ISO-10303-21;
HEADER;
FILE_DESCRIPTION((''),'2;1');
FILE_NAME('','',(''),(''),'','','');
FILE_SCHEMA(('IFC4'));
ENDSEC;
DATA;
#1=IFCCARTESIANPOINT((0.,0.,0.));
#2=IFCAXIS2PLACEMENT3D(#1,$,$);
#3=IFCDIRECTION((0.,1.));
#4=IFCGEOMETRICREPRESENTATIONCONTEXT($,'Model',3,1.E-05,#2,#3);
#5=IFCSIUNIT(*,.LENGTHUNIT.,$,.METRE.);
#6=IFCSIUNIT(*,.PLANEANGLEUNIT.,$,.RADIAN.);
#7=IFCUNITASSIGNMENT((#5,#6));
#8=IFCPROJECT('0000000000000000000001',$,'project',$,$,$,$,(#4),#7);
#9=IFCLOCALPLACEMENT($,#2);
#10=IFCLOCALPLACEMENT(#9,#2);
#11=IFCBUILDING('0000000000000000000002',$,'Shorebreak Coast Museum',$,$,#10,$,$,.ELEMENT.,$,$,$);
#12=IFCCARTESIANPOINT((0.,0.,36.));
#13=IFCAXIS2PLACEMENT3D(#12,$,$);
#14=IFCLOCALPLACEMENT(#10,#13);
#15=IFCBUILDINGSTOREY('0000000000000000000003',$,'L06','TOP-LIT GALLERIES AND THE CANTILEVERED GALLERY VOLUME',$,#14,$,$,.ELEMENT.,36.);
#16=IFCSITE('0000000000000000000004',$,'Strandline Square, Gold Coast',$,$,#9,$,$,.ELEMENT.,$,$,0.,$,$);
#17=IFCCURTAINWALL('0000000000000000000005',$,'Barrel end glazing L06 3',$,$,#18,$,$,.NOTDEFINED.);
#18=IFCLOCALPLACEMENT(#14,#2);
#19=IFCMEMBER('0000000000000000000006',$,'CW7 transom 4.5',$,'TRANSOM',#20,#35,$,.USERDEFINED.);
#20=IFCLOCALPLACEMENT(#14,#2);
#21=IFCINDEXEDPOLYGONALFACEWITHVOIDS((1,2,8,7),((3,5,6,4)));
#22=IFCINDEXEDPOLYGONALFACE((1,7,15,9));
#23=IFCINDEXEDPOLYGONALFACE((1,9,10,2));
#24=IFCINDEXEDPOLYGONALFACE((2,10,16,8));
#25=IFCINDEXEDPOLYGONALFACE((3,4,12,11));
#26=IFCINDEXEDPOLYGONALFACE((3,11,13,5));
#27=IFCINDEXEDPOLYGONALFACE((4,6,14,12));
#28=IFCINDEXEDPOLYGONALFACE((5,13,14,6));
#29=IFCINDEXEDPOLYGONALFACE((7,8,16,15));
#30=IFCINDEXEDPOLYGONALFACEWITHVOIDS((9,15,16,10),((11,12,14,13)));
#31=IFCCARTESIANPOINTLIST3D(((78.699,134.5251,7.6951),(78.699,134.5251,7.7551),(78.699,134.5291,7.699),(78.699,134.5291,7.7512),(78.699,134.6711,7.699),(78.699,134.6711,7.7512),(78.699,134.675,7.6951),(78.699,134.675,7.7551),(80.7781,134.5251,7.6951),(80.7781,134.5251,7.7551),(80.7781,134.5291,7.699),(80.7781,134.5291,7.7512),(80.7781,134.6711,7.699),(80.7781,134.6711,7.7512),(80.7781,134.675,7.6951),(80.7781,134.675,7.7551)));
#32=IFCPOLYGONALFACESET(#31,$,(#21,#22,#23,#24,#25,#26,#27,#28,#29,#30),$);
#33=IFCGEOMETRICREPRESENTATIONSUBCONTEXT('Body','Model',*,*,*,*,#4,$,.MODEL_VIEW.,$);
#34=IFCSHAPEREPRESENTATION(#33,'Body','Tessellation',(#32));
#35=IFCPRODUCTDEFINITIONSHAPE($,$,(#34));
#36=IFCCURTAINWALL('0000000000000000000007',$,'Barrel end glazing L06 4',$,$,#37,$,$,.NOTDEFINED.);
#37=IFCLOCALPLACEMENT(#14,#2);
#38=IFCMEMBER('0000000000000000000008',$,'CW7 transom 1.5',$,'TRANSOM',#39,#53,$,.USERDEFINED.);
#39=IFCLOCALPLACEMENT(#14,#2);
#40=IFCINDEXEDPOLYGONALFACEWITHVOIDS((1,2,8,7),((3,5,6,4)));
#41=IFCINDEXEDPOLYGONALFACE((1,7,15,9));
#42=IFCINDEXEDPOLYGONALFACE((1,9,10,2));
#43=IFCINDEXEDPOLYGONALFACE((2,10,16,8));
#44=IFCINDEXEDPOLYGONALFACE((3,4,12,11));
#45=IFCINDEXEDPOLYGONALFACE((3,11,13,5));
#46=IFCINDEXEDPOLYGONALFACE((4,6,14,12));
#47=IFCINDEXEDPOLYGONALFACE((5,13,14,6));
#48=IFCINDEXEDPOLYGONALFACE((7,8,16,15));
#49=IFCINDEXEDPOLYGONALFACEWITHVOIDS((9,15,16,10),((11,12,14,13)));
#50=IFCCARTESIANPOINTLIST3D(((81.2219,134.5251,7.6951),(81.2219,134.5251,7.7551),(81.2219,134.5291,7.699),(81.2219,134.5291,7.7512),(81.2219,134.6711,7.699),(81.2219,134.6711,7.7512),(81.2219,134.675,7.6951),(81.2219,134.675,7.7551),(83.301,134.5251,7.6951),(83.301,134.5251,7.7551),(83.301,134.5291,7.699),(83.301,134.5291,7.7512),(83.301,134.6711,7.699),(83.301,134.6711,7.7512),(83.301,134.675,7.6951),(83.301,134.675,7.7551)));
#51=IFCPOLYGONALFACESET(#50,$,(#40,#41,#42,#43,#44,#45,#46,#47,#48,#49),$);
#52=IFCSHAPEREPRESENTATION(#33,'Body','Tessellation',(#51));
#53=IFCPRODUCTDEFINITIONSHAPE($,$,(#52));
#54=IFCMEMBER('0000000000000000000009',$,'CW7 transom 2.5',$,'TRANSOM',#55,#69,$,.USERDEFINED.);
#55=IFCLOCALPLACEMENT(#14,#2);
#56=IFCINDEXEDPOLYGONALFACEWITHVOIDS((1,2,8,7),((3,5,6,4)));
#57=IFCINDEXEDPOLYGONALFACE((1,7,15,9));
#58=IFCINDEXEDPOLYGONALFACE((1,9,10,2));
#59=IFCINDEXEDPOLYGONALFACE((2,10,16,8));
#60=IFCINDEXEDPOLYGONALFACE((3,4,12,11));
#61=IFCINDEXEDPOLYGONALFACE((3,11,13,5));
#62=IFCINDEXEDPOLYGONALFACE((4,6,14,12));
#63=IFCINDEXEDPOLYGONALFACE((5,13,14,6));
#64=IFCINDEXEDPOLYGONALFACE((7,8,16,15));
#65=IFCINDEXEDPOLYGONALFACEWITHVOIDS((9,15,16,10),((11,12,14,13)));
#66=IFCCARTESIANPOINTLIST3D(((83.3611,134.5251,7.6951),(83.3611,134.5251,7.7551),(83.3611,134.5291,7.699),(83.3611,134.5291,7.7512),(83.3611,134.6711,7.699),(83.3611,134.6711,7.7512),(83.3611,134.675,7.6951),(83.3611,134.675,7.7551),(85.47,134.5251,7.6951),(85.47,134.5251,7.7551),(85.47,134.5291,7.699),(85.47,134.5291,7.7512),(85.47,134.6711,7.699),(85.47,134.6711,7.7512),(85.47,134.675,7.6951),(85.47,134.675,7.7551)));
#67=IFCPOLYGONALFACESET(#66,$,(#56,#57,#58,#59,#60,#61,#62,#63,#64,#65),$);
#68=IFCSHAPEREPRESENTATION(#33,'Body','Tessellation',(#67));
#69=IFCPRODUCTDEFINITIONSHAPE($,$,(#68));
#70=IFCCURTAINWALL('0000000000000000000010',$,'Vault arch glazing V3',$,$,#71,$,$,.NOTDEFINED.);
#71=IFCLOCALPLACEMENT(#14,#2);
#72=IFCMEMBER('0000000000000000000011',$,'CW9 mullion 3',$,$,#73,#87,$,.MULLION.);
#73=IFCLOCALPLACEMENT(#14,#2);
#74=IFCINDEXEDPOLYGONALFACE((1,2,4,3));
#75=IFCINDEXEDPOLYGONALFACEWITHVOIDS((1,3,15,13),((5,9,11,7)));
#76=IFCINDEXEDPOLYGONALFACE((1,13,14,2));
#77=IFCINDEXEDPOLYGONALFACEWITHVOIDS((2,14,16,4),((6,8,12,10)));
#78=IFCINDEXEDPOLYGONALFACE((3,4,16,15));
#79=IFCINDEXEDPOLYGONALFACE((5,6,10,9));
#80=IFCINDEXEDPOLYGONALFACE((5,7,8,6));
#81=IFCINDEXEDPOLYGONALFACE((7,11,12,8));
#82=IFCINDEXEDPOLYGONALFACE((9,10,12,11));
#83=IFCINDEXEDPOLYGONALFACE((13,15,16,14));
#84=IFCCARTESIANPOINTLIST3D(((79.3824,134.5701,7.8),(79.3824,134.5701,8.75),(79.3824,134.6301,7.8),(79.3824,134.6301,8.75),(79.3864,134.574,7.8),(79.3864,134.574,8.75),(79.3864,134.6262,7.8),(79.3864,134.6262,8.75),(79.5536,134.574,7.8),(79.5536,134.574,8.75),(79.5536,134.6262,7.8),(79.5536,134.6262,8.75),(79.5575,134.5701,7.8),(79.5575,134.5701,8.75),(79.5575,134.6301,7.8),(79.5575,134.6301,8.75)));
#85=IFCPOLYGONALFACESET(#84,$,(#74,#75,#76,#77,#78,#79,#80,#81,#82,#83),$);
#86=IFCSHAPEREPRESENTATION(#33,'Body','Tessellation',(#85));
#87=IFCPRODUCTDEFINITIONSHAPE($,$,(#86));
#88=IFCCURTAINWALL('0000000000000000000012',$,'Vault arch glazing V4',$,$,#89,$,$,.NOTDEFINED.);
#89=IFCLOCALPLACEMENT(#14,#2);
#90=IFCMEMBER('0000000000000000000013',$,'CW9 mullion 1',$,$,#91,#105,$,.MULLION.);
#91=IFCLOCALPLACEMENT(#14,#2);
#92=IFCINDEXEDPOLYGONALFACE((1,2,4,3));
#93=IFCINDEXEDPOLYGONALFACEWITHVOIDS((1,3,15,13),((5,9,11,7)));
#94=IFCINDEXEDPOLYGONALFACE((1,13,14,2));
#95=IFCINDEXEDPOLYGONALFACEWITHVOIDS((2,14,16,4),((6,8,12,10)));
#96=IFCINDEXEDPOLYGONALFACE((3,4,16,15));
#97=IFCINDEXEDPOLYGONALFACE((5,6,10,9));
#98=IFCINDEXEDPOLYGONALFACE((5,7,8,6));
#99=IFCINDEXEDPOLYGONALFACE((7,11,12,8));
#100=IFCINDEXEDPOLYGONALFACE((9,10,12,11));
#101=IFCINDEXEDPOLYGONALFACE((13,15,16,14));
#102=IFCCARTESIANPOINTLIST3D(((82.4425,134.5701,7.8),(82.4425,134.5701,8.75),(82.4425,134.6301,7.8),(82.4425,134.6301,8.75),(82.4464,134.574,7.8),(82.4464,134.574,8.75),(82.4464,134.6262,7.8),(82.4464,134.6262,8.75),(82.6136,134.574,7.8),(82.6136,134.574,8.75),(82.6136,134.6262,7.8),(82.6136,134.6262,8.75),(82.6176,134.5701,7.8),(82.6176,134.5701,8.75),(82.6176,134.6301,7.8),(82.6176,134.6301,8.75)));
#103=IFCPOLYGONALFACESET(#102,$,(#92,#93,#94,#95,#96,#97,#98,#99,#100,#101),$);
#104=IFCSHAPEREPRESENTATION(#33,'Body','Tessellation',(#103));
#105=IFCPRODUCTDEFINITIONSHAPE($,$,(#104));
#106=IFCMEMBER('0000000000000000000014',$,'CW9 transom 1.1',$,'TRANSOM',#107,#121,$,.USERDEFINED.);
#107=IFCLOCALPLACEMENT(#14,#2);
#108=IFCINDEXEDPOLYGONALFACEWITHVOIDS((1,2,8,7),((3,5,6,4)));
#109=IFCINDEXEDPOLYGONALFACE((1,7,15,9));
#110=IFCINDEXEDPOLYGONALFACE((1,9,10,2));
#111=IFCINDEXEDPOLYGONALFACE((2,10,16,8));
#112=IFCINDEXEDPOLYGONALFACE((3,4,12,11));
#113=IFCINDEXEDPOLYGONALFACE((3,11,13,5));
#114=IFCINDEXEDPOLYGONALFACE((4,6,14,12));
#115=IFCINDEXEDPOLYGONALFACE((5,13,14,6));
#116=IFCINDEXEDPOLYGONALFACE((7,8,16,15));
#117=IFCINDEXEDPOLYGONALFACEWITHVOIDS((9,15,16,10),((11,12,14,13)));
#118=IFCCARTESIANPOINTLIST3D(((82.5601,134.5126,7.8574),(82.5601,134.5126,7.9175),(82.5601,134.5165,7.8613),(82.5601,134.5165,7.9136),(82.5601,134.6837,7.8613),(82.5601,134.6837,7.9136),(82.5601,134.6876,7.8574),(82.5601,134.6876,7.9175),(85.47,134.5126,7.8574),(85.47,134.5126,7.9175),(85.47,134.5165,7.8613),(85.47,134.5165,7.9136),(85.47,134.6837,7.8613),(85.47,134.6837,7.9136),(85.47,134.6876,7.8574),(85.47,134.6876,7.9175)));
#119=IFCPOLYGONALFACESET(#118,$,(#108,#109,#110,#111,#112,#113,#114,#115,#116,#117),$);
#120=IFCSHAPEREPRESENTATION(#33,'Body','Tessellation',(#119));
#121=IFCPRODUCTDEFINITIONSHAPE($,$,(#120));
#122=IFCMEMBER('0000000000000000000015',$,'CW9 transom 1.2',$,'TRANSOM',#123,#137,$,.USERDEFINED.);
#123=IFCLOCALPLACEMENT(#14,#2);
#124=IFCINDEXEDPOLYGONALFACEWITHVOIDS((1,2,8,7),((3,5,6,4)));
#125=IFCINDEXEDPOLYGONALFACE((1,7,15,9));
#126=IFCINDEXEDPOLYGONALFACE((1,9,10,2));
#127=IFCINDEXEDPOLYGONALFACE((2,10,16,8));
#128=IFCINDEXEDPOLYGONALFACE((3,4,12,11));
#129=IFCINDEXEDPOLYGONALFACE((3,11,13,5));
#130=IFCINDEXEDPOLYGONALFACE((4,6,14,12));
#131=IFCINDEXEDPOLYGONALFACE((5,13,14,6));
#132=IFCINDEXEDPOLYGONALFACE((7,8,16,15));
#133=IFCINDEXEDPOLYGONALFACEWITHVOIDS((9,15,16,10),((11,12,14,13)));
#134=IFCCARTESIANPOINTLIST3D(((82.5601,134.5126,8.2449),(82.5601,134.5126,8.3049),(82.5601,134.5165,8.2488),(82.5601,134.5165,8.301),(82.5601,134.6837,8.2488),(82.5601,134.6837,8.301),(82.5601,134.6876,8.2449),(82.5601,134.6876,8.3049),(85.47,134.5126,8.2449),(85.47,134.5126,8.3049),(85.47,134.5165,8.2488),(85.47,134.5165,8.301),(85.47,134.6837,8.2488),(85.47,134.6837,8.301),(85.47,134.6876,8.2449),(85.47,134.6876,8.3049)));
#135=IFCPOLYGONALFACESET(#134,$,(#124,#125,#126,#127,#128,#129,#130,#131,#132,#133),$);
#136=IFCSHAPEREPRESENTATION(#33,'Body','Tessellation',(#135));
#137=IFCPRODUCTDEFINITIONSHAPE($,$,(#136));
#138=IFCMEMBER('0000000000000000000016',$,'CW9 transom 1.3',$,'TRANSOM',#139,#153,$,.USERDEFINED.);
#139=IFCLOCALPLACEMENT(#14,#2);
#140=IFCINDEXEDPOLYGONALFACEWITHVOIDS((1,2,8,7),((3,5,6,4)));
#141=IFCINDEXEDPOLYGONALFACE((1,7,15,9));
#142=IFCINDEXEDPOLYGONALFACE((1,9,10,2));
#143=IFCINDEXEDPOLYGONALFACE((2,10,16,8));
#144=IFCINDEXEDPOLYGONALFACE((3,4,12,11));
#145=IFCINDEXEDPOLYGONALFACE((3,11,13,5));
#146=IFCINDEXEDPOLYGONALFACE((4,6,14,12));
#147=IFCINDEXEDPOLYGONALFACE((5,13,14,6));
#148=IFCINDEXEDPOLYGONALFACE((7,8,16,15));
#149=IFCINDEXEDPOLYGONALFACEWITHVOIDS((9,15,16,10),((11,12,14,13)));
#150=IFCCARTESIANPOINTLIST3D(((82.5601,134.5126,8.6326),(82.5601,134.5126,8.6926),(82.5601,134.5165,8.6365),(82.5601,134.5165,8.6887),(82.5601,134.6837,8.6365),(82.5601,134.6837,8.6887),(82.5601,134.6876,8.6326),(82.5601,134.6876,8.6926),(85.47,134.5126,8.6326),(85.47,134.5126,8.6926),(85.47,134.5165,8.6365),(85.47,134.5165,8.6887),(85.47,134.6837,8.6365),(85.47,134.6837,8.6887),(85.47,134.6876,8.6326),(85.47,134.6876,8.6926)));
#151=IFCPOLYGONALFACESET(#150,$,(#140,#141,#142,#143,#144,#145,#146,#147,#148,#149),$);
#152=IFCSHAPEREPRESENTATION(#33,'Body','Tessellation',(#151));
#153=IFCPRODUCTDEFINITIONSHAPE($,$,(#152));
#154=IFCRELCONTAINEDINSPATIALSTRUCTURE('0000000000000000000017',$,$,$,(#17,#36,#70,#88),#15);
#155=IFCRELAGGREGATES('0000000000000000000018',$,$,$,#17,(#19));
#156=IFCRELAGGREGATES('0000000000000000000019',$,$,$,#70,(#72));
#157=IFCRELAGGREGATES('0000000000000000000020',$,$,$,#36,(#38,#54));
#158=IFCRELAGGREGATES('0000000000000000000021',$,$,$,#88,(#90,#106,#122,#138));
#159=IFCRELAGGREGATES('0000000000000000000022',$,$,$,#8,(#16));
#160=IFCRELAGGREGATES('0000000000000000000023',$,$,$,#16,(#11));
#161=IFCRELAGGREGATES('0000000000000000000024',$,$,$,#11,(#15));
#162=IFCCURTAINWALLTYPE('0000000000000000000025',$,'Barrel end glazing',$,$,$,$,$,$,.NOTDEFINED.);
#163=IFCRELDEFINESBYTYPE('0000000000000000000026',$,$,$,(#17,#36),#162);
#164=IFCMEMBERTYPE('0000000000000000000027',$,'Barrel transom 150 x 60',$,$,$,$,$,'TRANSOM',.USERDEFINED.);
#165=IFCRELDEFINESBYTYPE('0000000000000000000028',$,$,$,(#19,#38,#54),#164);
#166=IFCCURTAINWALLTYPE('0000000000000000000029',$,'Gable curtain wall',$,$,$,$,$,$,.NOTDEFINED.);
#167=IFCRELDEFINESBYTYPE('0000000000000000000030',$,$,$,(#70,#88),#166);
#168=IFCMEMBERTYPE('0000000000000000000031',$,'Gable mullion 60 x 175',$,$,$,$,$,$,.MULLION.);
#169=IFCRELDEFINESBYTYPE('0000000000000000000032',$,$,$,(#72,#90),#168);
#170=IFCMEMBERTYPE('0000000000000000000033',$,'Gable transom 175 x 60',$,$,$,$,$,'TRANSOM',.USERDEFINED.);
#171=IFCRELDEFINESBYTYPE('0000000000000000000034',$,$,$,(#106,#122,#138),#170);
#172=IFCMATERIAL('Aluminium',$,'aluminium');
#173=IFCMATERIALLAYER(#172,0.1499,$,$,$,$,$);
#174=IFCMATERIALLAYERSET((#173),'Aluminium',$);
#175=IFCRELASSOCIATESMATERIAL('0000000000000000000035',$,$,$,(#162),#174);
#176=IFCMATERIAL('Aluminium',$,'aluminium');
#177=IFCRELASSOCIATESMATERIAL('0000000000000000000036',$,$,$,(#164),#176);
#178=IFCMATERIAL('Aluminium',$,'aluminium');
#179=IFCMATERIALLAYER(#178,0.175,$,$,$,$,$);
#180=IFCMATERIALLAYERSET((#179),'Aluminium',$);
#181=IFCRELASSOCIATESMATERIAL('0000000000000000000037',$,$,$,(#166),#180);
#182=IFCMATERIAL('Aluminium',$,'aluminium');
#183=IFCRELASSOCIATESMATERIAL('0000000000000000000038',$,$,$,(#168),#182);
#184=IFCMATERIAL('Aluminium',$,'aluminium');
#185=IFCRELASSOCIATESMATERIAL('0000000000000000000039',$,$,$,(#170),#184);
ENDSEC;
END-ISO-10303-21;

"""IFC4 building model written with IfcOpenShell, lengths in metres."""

from ifc_helpers import new_model, si_unit, direction, frame, origin, origin_2d, place, context, subcontext, project, spatial, hollow_rectangle, extrude, material, layer, layer_set, material_profile, profile_set, type_object, element, aggregate, save


model = new_model("IFC4")

# Units and contexts
model_context = context("Model", 3, precision=1e-05, world=origin(), true_north=direction((0.0, 1.0)))
body_context = subcontext(model_context, "Body", "Model", "MODEL_VIEW")
ifc_project = project(units=[si_unit("LENGTHUNIT", "METRE"), si_unit("PLANEANGLEUNIT", "RADIAN")], contexts=[model_context])

# Site, building, storey
site_placement = place(None, origin())
site = spatial("IfcSite", under=ifc_project, at=site_placement, Name="Strandline Square, Gold Coast", CompositionType="ELEMENT", RefElevation=0.0)
building_placement = place(site_placement, origin())
building = spatial("IfcBuilding", under=site, at=building_placement, Name="Shorebreak Coast Museum", CompositionType="ELEMENT")
storey_placement = place(building_placement, frame((0.0, 0.0, 36.0)))
storey = spatial("IfcBuildingStorey", under=building, at=storey_placement, Name="L06", Description="TOP-LIT GALLERIES AND THE CANTILEVERED GALLERY VOLUME", CompositionType="ELEMENT", Elevation=36.0)

# Curtain wall, member
ifc_material_1 = material(Name="Aluminium", Category="aluminium")
ifc_layer_1 = layer(ifc_material_1, 0.1499)
ifc_layer_set_1 = layer_set([ifc_layer_1], Name="Aluminium")
curtain_wall_type_1 = type_object("IfcCurtainWallType", Name="Barrel end glazing", PredefinedType="NOTDEFINED", material=ifc_layer_set_1)
curtain_wall_1_placement = place(storey_placement, origin())
curtain_wall_1 = element("IfcCurtainWall", 1, at=curtain_wall_1_placement, inside=storey, type_object=curtain_wall_type_1, Name="Barrel end glazing L06 3", PredefinedType="NOTDEFINED")
ifc_material_2 = material(Name="Aluminium", Category="aluminium")
ifc_material_profile_1 = material_profile(ifc_material_2, hollow_rectangle(XDim=0.1499, YDim=0.0601, WallThickness=0.0039, at=origin_2d()), Name="AL 60x150 RHS")
ifc_profile_set_1 = profile_set([ifc_material_profile_1], Name="Aluminium")
member_type_1 = type_object("IfcMemberType", Name="Barrel transom 150 x 60", ElementType="TRANSOM", PredefinedType="USERDEFINED", material=ifc_profile_set_1)
member_1_placement = place(storey_placement, frame((78.699, 134.6001, 7.7251), z_axis=(1.0, 0.0, 0.0), x_axis=(0.0, 1.0, 0.0)))
member_1 = element("IfcMember", 2, at=member_1_placement, type_object=member_type_1, Name="CW7 transom 4.5", ObjectType="TRANSOM", PredefinedType="USERDEFINED", context=body_context, shape_type="SweptSolid", body=[
    extrude(hollow_rectangle(XDim=0.1499, YDim=0.0601, WallThickness=0.0039, at=origin_2d()), origin(), (0.0, 0.0, 1.0), 2.0791),
])
aggregate(curtain_wall_1, [member_1])

# Curtain wall, members
curtain_wall_2_placement = place(storey_placement, origin())
curtain_wall_2 = element("IfcCurtainWall", 3, at=curtain_wall_2_placement, inside=storey, type_object=curtain_wall_type_1, Name="Barrel end glazing L06 4", PredefinedType="NOTDEFINED")
member_2_placement = place(storey_placement, frame((81.2219, 134.6001, 7.7251), z_axis=(1.0, 0.0, 0.0), x_axis=(0.0, 1.0, 0.0)))
member_2 = element("IfcMember", 4, at=member_2_placement, type_object=member_type_1, Name="CW7 transom 1.5", ObjectType="TRANSOM", PredefinedType="USERDEFINED", context=body_context, shape_type="SweptSolid", body=[
    extrude(hollow_rectangle(XDim=0.1499, YDim=0.0601, WallThickness=0.0039, at=origin_2d()), origin(), (0.0, 0.0, 1.0), 2.0791),
])
member_3_placement = place(storey_placement, frame((83.3611, 134.6001, 7.7251), z_axis=(1.0, 0.0, 0.0), x_axis=(0.0, 1.0, 0.0)))
member_3 = element("IfcMember", 5, at=member_3_placement, type_object=member_type_1, Name="CW7 transom 2.5", ObjectType="TRANSOM", PredefinedType="USERDEFINED", context=body_context, shape_type="SweptSolid", body=[
    extrude(hollow_rectangle(XDim=0.1499, YDim=0.0601, WallThickness=0.0039, at=origin_2d()), origin(), (0.0, 0.0, 1.0), 2.1089),
])

# Curtain wall, member
ifc_material_3 = material(Name="Aluminium", Category="aluminium")
ifc_layer_2 = layer(ifc_material_3, 0.175)
ifc_layer_set_2 = layer_set([ifc_layer_2], Name="Aluminium")
curtain_wall_type_2 = type_object("IfcCurtainWallType", Name="Gable curtain wall", PredefinedType="NOTDEFINED", material=ifc_layer_set_2)
curtain_wall_3_placement = place(storey_placement, origin())
curtain_wall_3 = element("IfcCurtainWall", 6, at=curtain_wall_3_placement, inside=storey, type_object=curtain_wall_type_2, Name="Vault arch glazing V3", PredefinedType="NOTDEFINED")
ifc_material_4 = material(Name="Aluminium", Category="aluminium")
ifc_material_profile_2 = material_profile(ifc_material_4, hollow_rectangle(XDim=0.0601, YDim=0.175, WallThickness=0.0039, at=origin_2d()), Name="AL 175x60 RHS")
ifc_profile_set_2 = profile_set([ifc_material_profile_2], Name="Aluminium")
member_type_2 = type_object("IfcMemberType", Name="Gable mullion 60 x 175", PredefinedType="MULLION", material=ifc_profile_set_2)
member_4_placement = place(storey_placement, frame((79.47, 134.6001, 7.8), z_axis=(0.0, 0.0, 1.0), x_axis=(0.0, 1.0, 0.0)))
member_4 = element("IfcMember", 7, at=member_4_placement, type_object=member_type_2, Name="CW9 mullion 3", PredefinedType="MULLION", context=body_context, shape_type="SweptSolid", body=[
    extrude(hollow_rectangle(XDim=0.0601, YDim=0.175, WallThickness=0.0039, at=origin_2d()), origin(), (0.0, 0.0, 1.0), 0.95),
])
aggregate(curtain_wall_3, [member_4])

# Curtain wall, members
curtain_wall_4_placement = place(storey_placement, origin())
curtain_wall_4 = element("IfcCurtainWall", 8, at=curtain_wall_4_placement, inside=storey, type_object=curtain_wall_type_2, Name="Vault arch glazing V4", PredefinedType="NOTDEFINED")
member_5_placement = place(storey_placement, frame((82.53, 134.6001, 7.8), z_axis=(0.0, 0.0, 1.0), x_axis=(0.0, 1.0, 0.0)))
member_5 = element("IfcMember", 9, at=member_5_placement, type_object=member_type_2, Name="CW9 mullion 1", PredefinedType="MULLION", context=body_context, shape_type="SweptSolid", body=[
    extrude(hollow_rectangle(XDim=0.0601, YDim=0.175, WallThickness=0.0039, at=origin_2d()), origin(), (0.0, 0.0, 1.0), 0.95),
])
ifc_material_5 = material(Name="Aluminium", Category="aluminium")
ifc_material_profile_3 = material_profile(ifc_material_5, hollow_rectangle(XDim=0.175, YDim=0.0601, WallThickness=0.0039, at=origin_2d()), Name="AL 60x175 RHS")
ifc_profile_set_3 = profile_set([ifc_material_profile_3], Name="Aluminium")
member_type_3 = type_object("IfcMemberType", Name="Gable transom 175 x 60", ElementType="TRANSOM", PredefinedType="USERDEFINED", material=ifc_profile_set_3)
member_6_placement = place(storey_placement, frame((82.5601, 134.6001, 7.8875), z_axis=(1.0, 0.0, 0.0), x_axis=(0.0, 1.0, 0.0)))
member_6 = element("IfcMember", 10, at=member_6_placement, type_object=member_type_3, Name="CW9 transom 1.1", ObjectType="TRANSOM", PredefinedType="USERDEFINED", context=body_context, shape_type="SweptSolid", body=[
    extrude(hollow_rectangle(XDim=0.175, YDim=0.0601, WallThickness=0.0039, at=origin_2d()), origin(), (0.0, 0.0, 1.0), 2.9099),
])
member_7_placement = place(storey_placement, frame((82.5601, 134.6001, 8.2749), z_axis=(1.0, 0.0, 0.0), x_axis=(0.0, 1.0, 0.0)))
member_7 = element("IfcMember", 11, at=member_7_placement, type_object=member_type_3, Name="CW9 transom 1.2", ObjectType="TRANSOM", PredefinedType="USERDEFINED", context=body_context, shape_type="SweptSolid", body=[
    extrude(hollow_rectangle(XDim=0.175, YDim=0.0601, WallThickness=0.0039, at=origin_2d()), origin(), (0.0, 0.0, 1.0), 2.9099),
])
member_8_placement = place(storey_placement, frame((82.5601, 134.6001, 8.6626), z_axis=(1.0, 0.0, 0.0), x_axis=(0.0, 1.0, 0.0)))
member_8 = element("IfcMember", 12, at=member_8_placement, type_object=member_type_3, Name="CW9 transom 1.3", ObjectType="TRANSOM", PredefinedType="USERDEFINED", context=body_context, shape_type="SweptSolid", body=[
    extrude(hollow_rectangle(XDim=0.175, YDim=0.0601, WallThickness=0.0039, at=origin_2d()), origin(), (0.0, 0.0, 1.0), 2.9099),
])

aggregate(curtain_wall_2, [member_2, member_3])
aggregate(curtain_wall_4, [member_5, member_6, member_7, member_8])

save(model, "model.ifc")
